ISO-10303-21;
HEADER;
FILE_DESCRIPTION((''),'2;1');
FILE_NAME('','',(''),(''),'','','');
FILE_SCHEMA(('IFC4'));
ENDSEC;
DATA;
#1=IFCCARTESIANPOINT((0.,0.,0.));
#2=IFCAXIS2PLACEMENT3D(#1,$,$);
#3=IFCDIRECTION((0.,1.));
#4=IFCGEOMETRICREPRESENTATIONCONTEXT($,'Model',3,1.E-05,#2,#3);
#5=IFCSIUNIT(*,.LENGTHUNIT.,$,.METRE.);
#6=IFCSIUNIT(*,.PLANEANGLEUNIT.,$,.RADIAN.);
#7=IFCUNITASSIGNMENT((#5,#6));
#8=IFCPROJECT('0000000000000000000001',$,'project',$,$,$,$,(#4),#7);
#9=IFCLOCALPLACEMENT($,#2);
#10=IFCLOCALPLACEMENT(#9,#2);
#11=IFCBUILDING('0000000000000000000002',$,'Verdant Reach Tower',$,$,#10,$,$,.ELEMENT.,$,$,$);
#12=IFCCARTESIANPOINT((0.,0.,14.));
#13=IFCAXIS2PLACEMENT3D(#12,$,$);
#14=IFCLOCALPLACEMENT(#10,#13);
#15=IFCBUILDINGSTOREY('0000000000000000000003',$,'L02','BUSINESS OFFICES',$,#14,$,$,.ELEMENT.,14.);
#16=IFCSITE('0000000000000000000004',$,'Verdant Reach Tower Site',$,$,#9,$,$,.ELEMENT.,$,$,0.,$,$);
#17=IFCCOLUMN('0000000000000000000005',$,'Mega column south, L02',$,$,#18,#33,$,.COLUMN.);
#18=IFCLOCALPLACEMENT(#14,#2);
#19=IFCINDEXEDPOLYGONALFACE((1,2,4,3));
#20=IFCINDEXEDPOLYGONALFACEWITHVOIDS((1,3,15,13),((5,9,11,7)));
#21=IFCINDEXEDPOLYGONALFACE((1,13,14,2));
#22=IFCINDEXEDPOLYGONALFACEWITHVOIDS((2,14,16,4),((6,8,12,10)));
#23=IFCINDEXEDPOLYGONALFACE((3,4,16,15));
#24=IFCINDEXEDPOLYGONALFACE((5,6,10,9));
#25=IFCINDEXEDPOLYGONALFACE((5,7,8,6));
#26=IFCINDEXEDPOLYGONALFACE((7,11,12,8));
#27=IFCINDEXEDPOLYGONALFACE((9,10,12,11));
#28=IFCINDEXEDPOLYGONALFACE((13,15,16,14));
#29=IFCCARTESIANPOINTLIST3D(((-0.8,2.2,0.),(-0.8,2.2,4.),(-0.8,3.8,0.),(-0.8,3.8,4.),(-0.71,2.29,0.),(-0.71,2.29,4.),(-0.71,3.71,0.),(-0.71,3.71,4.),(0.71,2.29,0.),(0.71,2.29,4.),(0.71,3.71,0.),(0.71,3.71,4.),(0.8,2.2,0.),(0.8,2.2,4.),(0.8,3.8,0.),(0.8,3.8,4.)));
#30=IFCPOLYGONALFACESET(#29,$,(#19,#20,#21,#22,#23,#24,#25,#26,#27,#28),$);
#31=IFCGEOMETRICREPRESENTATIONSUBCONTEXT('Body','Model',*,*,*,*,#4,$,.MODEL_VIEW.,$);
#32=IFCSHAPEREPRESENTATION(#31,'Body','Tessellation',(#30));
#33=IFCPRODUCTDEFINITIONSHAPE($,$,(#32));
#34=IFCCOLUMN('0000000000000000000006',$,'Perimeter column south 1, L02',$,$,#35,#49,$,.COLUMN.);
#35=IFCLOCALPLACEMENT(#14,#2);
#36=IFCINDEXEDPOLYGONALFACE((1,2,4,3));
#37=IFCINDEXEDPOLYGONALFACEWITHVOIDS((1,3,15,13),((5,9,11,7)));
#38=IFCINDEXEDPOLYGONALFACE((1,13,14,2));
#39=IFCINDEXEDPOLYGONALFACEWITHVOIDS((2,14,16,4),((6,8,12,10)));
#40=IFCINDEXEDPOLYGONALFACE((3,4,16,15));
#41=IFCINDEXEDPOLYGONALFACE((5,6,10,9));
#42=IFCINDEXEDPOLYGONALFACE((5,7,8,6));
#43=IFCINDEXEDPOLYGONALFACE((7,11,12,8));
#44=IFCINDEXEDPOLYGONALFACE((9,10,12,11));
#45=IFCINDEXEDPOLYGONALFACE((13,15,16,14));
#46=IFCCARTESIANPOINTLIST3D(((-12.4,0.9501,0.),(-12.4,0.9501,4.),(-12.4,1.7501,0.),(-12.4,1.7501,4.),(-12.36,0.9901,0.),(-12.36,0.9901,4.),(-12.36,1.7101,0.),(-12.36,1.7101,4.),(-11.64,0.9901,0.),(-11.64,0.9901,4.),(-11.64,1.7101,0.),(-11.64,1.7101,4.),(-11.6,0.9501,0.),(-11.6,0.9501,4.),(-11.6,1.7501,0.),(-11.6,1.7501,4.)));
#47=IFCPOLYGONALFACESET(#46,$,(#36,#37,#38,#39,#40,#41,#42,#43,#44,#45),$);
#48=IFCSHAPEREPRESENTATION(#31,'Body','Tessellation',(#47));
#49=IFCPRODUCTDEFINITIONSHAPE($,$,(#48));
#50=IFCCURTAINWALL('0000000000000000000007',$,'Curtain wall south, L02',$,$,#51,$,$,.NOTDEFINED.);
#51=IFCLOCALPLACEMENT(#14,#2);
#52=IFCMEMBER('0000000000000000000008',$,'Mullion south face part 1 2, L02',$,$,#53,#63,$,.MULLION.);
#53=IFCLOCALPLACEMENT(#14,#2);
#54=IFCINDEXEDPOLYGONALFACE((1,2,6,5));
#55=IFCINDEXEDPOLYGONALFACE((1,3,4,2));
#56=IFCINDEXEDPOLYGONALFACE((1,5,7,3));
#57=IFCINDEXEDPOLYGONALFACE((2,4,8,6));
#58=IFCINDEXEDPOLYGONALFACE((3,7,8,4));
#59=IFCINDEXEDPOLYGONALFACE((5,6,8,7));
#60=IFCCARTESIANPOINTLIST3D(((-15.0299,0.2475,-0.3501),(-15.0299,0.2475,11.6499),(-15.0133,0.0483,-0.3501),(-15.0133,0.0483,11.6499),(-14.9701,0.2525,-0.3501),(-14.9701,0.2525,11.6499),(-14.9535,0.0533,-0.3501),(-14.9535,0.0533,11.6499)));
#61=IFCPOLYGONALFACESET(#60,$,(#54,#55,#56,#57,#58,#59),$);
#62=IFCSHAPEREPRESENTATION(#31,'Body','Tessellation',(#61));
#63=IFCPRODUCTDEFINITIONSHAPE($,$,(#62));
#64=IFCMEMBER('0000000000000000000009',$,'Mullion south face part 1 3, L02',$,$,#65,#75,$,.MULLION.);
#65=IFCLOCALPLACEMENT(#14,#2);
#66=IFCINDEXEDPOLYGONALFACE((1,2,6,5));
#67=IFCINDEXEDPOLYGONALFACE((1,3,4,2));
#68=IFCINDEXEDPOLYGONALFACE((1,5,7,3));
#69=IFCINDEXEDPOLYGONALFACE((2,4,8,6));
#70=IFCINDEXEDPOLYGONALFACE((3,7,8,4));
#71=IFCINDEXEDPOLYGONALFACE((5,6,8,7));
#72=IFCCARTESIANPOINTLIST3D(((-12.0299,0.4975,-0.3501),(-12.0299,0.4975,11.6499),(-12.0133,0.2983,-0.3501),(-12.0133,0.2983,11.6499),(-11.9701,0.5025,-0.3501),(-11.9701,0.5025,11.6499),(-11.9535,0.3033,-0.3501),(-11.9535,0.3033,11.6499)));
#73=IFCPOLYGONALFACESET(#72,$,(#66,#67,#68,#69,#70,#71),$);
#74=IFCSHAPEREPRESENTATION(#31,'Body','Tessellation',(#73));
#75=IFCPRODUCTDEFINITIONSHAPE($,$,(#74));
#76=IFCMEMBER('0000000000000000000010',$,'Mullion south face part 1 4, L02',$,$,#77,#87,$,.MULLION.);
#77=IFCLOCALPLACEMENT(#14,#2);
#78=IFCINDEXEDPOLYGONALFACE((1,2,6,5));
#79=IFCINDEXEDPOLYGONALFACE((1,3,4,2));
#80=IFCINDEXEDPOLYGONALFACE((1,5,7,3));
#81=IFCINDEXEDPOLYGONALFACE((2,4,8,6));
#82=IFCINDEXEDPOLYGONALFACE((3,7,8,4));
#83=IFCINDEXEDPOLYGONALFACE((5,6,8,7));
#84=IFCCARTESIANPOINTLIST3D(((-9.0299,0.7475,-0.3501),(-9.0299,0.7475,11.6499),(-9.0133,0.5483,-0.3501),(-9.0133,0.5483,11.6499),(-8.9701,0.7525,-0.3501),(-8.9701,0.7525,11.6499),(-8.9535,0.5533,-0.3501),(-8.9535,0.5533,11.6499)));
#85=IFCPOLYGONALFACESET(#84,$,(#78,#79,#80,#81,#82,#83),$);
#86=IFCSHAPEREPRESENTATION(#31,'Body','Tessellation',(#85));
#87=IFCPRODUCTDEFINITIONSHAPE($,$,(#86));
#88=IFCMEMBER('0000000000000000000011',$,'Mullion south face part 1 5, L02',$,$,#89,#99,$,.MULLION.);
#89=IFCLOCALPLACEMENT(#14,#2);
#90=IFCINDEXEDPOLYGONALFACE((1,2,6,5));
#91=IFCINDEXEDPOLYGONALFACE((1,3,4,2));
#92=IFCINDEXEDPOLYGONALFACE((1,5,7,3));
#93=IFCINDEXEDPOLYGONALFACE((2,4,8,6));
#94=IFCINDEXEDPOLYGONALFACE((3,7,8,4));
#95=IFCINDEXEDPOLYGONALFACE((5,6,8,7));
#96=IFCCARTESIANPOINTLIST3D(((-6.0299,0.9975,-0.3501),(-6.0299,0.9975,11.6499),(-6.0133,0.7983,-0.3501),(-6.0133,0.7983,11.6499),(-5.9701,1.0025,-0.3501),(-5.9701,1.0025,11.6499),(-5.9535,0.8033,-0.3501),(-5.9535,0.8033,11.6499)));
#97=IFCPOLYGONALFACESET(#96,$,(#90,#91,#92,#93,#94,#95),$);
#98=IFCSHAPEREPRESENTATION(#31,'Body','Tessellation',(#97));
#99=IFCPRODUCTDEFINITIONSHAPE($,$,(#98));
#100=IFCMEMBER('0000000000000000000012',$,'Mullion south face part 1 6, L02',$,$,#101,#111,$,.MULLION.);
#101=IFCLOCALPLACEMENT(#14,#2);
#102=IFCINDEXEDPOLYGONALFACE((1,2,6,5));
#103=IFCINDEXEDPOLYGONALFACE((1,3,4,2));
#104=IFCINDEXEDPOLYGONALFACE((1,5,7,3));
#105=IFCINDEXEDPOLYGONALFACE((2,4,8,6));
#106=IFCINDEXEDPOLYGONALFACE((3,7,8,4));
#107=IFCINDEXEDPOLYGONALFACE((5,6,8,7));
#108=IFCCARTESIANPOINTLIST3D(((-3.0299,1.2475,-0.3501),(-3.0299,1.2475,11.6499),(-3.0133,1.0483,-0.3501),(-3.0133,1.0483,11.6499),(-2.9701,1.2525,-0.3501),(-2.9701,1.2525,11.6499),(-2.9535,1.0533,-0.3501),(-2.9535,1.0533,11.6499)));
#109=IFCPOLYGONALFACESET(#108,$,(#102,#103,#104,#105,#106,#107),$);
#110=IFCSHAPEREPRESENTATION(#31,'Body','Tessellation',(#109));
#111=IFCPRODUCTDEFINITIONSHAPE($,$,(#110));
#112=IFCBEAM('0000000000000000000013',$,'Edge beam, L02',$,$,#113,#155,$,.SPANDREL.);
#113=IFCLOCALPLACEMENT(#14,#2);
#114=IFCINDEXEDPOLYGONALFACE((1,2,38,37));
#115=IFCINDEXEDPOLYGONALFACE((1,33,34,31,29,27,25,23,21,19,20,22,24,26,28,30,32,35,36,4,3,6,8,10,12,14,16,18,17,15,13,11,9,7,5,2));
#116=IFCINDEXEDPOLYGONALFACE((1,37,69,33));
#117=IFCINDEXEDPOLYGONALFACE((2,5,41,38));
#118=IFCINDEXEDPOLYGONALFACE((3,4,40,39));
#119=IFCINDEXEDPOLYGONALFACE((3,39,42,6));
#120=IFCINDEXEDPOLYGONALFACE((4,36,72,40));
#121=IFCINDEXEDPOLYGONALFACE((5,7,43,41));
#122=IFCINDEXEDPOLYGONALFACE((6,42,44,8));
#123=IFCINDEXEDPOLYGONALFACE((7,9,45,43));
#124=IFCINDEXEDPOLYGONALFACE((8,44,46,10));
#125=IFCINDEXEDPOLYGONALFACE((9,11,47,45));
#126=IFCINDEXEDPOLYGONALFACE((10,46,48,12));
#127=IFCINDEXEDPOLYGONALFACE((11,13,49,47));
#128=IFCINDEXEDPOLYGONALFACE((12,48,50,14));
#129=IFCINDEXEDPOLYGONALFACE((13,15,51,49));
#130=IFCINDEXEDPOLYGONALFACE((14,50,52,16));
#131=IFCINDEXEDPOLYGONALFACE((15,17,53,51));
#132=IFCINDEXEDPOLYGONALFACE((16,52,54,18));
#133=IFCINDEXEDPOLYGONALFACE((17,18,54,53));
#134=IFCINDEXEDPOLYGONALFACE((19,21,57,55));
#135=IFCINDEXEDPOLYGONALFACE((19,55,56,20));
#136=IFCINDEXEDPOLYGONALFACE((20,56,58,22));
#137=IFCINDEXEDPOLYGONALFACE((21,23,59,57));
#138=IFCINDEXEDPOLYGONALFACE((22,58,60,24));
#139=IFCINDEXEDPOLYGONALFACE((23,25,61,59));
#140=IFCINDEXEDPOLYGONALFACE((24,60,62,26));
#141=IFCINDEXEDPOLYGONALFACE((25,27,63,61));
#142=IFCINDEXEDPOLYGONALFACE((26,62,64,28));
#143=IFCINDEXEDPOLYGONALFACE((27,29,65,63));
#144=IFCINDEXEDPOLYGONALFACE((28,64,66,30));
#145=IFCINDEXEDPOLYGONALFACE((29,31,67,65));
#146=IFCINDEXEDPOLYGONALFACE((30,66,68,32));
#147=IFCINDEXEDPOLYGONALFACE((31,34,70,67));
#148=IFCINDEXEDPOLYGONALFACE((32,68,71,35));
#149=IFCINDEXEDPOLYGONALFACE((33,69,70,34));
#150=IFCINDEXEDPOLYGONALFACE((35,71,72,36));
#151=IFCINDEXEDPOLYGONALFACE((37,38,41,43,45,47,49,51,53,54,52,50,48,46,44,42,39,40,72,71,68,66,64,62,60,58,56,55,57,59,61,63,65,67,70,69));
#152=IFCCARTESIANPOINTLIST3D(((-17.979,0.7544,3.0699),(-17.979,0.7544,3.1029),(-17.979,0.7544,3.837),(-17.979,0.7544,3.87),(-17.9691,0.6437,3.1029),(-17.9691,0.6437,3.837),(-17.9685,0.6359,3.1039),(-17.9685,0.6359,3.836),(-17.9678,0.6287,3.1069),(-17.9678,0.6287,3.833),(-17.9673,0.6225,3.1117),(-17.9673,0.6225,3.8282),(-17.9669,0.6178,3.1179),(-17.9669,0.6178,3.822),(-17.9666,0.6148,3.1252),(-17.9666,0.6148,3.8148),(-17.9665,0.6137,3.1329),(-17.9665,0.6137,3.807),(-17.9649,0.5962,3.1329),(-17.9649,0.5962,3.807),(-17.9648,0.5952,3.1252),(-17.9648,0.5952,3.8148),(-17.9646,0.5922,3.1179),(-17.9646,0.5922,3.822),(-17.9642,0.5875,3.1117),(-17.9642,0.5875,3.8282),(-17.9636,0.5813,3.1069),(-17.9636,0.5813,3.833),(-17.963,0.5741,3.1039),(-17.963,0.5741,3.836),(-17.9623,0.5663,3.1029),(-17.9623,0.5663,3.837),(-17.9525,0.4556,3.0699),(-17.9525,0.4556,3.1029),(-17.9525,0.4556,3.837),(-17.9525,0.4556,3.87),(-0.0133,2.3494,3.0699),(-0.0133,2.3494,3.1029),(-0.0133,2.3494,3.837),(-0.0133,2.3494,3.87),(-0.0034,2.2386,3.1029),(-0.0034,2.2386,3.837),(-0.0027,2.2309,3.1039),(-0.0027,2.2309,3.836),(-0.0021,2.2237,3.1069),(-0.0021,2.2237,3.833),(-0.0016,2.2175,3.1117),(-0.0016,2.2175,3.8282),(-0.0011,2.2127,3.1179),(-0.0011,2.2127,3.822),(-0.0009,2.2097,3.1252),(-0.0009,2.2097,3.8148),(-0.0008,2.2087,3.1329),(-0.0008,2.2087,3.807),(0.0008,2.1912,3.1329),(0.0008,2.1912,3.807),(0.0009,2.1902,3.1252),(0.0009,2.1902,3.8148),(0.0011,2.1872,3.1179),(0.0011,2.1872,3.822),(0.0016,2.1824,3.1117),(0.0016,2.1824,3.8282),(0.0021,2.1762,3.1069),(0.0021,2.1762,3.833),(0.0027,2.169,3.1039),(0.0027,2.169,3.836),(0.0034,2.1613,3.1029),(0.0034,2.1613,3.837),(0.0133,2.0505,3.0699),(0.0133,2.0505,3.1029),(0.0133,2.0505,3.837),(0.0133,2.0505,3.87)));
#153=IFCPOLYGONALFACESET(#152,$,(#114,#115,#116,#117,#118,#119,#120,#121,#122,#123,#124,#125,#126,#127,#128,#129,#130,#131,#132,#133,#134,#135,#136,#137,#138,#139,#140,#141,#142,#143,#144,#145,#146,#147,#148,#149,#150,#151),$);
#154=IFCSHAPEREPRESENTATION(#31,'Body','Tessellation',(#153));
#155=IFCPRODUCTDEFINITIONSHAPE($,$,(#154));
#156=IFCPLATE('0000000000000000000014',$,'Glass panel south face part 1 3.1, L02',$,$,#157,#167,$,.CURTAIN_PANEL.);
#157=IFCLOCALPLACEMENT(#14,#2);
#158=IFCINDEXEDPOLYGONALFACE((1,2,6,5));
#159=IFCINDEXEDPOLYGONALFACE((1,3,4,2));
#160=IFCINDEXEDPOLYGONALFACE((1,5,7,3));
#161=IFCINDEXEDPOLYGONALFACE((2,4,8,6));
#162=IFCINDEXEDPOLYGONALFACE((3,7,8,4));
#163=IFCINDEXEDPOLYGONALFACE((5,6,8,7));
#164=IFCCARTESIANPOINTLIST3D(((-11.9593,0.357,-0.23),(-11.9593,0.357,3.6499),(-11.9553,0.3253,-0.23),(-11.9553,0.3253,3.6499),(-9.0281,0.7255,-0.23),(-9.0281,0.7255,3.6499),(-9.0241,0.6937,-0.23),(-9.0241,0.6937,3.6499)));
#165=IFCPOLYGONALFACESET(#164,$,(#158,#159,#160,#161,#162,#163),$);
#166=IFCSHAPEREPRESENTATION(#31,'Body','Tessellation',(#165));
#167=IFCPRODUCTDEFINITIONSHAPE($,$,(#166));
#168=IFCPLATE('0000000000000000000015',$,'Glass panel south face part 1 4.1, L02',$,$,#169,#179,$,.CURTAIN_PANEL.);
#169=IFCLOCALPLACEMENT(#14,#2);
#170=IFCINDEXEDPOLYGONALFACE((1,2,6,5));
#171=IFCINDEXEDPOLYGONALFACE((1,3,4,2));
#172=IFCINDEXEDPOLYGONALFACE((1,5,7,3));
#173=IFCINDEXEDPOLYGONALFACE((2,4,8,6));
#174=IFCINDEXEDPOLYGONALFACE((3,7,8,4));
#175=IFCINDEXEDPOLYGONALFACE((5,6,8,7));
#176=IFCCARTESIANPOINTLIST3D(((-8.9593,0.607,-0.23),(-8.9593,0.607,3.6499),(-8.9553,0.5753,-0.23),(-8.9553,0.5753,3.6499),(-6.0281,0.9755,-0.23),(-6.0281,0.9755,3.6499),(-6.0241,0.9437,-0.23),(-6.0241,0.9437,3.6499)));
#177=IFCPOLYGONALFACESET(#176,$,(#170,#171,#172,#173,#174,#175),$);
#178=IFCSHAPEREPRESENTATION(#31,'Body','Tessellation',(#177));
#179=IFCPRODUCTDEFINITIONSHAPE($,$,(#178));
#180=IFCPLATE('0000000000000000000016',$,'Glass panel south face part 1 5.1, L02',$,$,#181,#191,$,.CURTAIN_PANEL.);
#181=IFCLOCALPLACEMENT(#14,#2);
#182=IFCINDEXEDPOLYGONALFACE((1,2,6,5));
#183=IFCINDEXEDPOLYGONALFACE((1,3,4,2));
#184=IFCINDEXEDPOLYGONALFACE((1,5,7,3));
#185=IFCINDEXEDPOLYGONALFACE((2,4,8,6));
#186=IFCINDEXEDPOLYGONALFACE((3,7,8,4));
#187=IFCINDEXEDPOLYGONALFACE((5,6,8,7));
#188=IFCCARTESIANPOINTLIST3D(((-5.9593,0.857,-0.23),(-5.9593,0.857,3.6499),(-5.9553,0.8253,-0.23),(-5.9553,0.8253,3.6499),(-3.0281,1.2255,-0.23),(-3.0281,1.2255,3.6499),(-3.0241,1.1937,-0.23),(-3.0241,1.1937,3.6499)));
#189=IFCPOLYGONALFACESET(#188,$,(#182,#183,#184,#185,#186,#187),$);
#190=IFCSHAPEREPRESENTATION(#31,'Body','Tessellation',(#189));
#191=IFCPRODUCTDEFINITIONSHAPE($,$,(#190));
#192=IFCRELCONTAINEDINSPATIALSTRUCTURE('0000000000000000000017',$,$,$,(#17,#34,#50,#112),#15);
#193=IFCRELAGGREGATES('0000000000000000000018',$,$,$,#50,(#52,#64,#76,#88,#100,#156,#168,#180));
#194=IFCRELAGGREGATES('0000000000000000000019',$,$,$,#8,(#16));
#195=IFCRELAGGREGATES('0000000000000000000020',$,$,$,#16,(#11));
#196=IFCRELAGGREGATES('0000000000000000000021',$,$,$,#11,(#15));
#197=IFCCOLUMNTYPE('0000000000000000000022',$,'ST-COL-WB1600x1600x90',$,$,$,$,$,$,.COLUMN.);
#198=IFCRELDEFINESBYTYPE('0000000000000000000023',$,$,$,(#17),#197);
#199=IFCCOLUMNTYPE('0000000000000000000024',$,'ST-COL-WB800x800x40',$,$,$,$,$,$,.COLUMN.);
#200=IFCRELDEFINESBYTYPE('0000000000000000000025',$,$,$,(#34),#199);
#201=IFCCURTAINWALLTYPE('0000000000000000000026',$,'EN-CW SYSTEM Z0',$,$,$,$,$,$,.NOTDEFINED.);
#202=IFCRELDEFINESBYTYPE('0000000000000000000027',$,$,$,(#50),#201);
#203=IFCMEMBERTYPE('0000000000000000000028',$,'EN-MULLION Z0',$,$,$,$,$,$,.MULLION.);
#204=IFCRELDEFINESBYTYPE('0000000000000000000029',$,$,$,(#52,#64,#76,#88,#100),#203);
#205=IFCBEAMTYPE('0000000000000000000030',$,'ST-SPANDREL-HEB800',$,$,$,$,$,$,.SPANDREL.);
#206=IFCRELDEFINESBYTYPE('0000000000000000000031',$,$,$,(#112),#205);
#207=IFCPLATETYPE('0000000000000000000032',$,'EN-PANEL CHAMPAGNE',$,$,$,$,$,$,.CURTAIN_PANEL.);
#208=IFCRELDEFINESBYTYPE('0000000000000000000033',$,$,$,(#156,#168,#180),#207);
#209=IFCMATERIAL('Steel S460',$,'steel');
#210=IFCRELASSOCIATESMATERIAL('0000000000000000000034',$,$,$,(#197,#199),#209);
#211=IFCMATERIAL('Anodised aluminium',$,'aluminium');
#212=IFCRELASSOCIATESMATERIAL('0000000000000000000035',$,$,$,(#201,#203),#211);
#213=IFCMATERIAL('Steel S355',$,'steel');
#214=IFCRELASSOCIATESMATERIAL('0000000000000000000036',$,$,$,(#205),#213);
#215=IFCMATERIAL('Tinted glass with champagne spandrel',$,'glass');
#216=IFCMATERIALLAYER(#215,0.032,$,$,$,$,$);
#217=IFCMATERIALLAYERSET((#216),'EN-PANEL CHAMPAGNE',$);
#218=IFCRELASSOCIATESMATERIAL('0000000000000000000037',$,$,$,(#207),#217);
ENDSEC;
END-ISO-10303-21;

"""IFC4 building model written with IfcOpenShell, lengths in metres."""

from ifc_helpers import new_model, si_unit, direction, frame, origin, origin_2d, place, context, subcontext, project, spatial, rectangle, hollow_rectangle, i_section, extrude, material, layer, layer_set, material_profile, profile_set, type_object, element, aggregate, save


model = new_model("IFC4")

# Units and contexts
model_context = context("Model", 3, precision=1e-05, world=origin(), true_north=direction((0.0, 1.0)))
body_context = subcontext(model_context, "Body", "Model", "MODEL_VIEW")
ifc_project = project(units=[si_unit("LENGTHUNIT", "METRE"), si_unit("PLANEANGLEUNIT", "RADIAN")], contexts=[model_context])

# Site, building, storey
site_placement = place(None, origin())
site = spatial("IfcSite", under=ifc_project, at=site_placement, Name="Verdant Reach Tower Site", CompositionType="ELEMENT", RefElevation=0.0)
building_placement = place(site_placement, origin())
building = spatial("IfcBuilding", under=site, at=building_placement, Name="Verdant Reach Tower", CompositionType="ELEMENT")
storey_placement = place(building_placement, frame((0.0, 0.0, 14.0)))
storey = spatial("IfcBuildingStorey", under=building, at=storey_placement, Name="L02", Description="BUSINESS OFFICES", CompositionType="ELEMENT", Elevation=14.0)

# Columns
ifc_material_1 = material(Name="Steel S460", Category="steel")
ifc_material_profile_1 = material_profile(ifc_material_1, hollow_rectangle(XDim=1.6001, YDim=1.6001, WallThickness=0.0901, at=origin_2d()), Name="WB 1600x1600x90")
ifc_profile_set_1 = profile_set([ifc_material_profile_1], Name="Steel S460")
column_type_1 = type_object("IfcColumnType", Name="ST-COL-WB1600x1600x90", PredefinedType="COLUMN", material=ifc_profile_set_1)
column_1_placement = place(storey_placement, frame((0.0, 3.0, 0.0), z_axis=(0.0, 0.0, 1.0), x_axis=(1.0, 0.0, 0.0)))
element("IfcColumn", 1, at=column_1_placement, inside=storey, type_object=column_type_1, Name="Mega column south, L02", PredefinedType="COLUMN", context=body_context, shape_type="SweptSolid", body=[
    extrude(hollow_rectangle(XDim=1.6001, YDim=1.6001, WallThickness=0.0901, at=origin_2d()), origin(), (0.0, 0.0, 1.0), 4.0),
])
ifc_material_profile_2 = material_profile(ifc_material_1, hollow_rectangle(XDim=0.8, YDim=0.8, WallThickness=0.04, at=origin_2d()), Name="WB 800x800x40")
ifc_profile_set_2 = profile_set([ifc_material_profile_2], Name="Steel S460")
column_type_2 = type_object("IfcColumnType", Name="ST-COL-WB800x800x40", PredefinedType="COLUMN", material=ifc_profile_set_2)
column_2_placement = place(storey_placement, frame((-12.0, 1.3501, 0.0), z_axis=(0.0, 0.0, 1.0), x_axis=(1.0, 0.0, 0.0)))
element("IfcColumn", 2, at=column_2_placement, inside=storey, type_object=column_type_2, Name="Perimeter column south 1, L02", PredefinedType="COLUMN", context=body_context, shape_type="SweptSolid", body=[
    extrude(hollow_rectangle(XDim=0.8, YDim=0.8, WallThickness=0.04, at=origin_2d()), origin(), (0.0, 0.0, 1.0), 4.0),
])

# Curtain wall, members
ifc_material_2 = material(Name="Anodised aluminium", Category="aluminium")
curtain_wall_type = type_object("IfcCurtainWallType", Name="EN-CW SYSTEM Z0", PredefinedType="NOTDEFINED", material=ifc_material_2)
curtain_wall_placement = place(storey_placement, origin())
curtain_wall = element("IfcCurtainWall", 3, at=curtain_wall_placement, inside=storey, type_object=curtain_wall_type, Name="Curtain wall south, L02", PredefinedType="NOTDEFINED")
ifc_material_profile_3 = material_profile(ifc_material_2, rectangle(XDim=0.2, YDim=0.0601, at=origin_2d()), Name="Mullion 60x200")
ifc_profile_set_3 = profile_set([ifc_material_profile_3], Name="Anodised aluminium")
member_type = type_object("IfcMemberType", Name="EN-MULLION Z0", PredefinedType="MULLION", material=ifc_profile_set_3)
member_1_placement = place(storey_placement, frame((-14.9917, 0.1504, -0.3501), z_axis=(0.0, 0.0, 1.0), x_axis=(0.083045, -0.996546, 0.0)))
member_1 = element("IfcMember", 4, at=member_1_placement, type_object=member_type, Name="Mullion south face part 1 2, L02", PredefinedType="MULLION", context=body_context, shape_type="SweptSolid", body=[
    extrude(rectangle(XDim=0.2, YDim=0.0601, at=origin_2d()), origin(), (0.0, 0.0, 1.0), 12.0),
])
member_2_placement = place(storey_placement, frame((-11.9917, 0.4004, -0.3501), z_axis=(0.0, 0.0, 1.0), x_axis=(0.083045, -0.996546, 0.0)))
member_2 = element("IfcMember", 5, at=member_2_placement, type_object=member_type, Name="Mullion south face part 1 3, L02", PredefinedType="MULLION", context=body_context, shape_type="SweptSolid", body=[
    extrude(rectangle(XDim=0.2, YDim=0.0601, at=origin_2d()), origin(), (0.0, 0.0, 1.0), 12.0),
])
member_3_placement = place(storey_placement, frame((-8.9917, 0.6504, -0.3501), z_axis=(0.0, 0.0, 1.0), x_axis=(0.083045, -0.996546, 0.0)))
member_3 = element("IfcMember", 6, at=member_3_placement, type_object=member_type, Name="Mullion south face part 1 4, L02", PredefinedType="MULLION", context=body_context, shape_type="SweptSolid", body=[
    extrude(rectangle(XDim=0.2, YDim=0.0601, at=origin_2d()), origin(), (0.0, 0.0, 1.0), 12.0),
])
member_4_placement = place(storey_placement, frame((-5.9917, 0.9004, -0.3501), z_axis=(0.0, 0.0, 1.0), x_axis=(0.083045, -0.996546, 0.0)))
member_4 = element("IfcMember", 7, at=member_4_placement, type_object=member_type, Name="Mullion south face part 1 5, L02", PredefinedType="MULLION", context=body_context, shape_type="SweptSolid", body=[
    extrude(rectangle(XDim=0.2, YDim=0.0601, at=origin_2d()), origin(), (0.0, 0.0, 1.0), 12.0),
])
member_5_placement = place(storey_placement, frame((-2.9917, 1.1504, -0.3501), z_axis=(0.0, 0.0, 1.0), x_axis=(0.083045, -0.996546, 0.0)))
member_5 = element("IfcMember", 8, at=member_5_placement, type_object=member_type, Name="Mullion south face part 1 6, L02", PredefinedType="MULLION", context=body_context, shape_type="SweptSolid", body=[
    extrude(rectangle(XDim=0.2, YDim=0.0601, at=origin_2d()), origin(), (0.0, 0.0, 1.0), 12.0),
])

# Beam
ifc_material_3 = material(Name="Steel S355", Category="steel")
ifc_material_profile_4 = material_profile(ifc_material_3, i_section(OverallWidth=0.3, OverallDepth=0.8, WebThickness=0.0176, FlangeThickness=0.033, FilletRadius=0.03, at=origin_2d()), Name="HEB 800")
ifc_profile_set_4 = profile_set([ifc_material_profile_4], Name="Steel S355")
beam_type = type_object("IfcBeamType", Name="ST-SPANDREL-HEB800", PredefinedType="SPANDREL", material=ifc_profile_set_4)
beam_placement = place(storey_placement, frame((0.0, 2.2, 3.47), z_axis=(-0.996082, -0.08843, 0.0), x_axis=(0.08843, -0.996082, 0.0)))
element("IfcBeam", 9, at=beam_placement, inside=storey, type_object=beam_type, Name="Edge beam, L02", PredefinedType="SPANDREL", context=body_context, shape_type="SweptSolid", body=[
    extrude(i_section(OverallWidth=0.3, OverallDepth=0.8, WebThickness=0.0176, FlangeThickness=0.033, FilletRadius=0.03, at=origin_2d()), origin(), (0.0, 0.0, 1.0), 18.0364),
])

# Plates
ifc_material_4 = material(Name="Tinted glass with champagne spandrel", Category="glass")
ifc_layer_1 = layer(ifc_material_4, 0.032)
ifc_layer_set_1 = layer_set([ifc_layer_1], Name="EN-PANEL CHAMPAGNE")
plate_type_1 = type_object("IfcPlateType", Name="EN-PANEL CHAMPAGNE", PredefinedType="CURTAIN_PANEL", material=ifc_layer_set_1)
plate_1_placement = place(storey_placement, frame((-10.4917, 0.5254, -0.23), z_axis=(0.0, 0.0, 1.0), x_axis=(0.992194, 0.124704, 0.0)))
plate_1 = element("IfcPlate", 10, at=plate_1_placement, type_object=plate_type_1, Name="Glass panel south face part 1 3.1, L02", PredefinedType="CURTAIN_PANEL", context=body_context, shape_type="SweptSolid", body=[
    extrude(rectangle(XDim=2.9543, YDim=0.032, at=origin_2d()), origin(), (0.0, 0.0, 1.0), 3.8799),
])
plate_2_placement = place(storey_placement, frame((-7.4917, 0.7754, -0.23), z_axis=(0.0, 0.0, 1.0), x_axis=(0.992194, 0.124704, 0.0)))
plate_2 = element("IfcPlate", 11, at=plate_2_placement, type_object=plate_type_1, Name="Glass panel south face part 1 4.1, L02", PredefinedType="CURTAIN_PANEL", context=body_context, shape_type="SweptSolid", body=[
    extrude(rectangle(XDim=2.9543, YDim=0.032, at=origin_2d()), origin(), (0.0, 0.0, 1.0), 3.8799),
])
plate_3_placement = place(storey_placement, frame((-4.4917, 1.0254, -0.23), z_axis=(0.0, 0.0, 1.0), x_axis=(0.992194, 0.124704, 0.0)))
plate_3 = element("IfcPlate", 12, at=plate_3_placement, type_object=plate_type_1, Name="Glass panel south face part 1 5.1, L02", PredefinedType="CURTAIN_PANEL", context=body_context, shape_type="SweptSolid", body=[
    extrude(rectangle(XDim=2.9543, YDim=0.032, at=origin_2d()), origin(), (0.0, 0.0, 1.0), 3.8799),
])
aggregate(curtain_wall, [member_1, member_2, member_3, member_4, member_5, plate_1, plate_2, plate_3])

save(model, "model.ifc")
